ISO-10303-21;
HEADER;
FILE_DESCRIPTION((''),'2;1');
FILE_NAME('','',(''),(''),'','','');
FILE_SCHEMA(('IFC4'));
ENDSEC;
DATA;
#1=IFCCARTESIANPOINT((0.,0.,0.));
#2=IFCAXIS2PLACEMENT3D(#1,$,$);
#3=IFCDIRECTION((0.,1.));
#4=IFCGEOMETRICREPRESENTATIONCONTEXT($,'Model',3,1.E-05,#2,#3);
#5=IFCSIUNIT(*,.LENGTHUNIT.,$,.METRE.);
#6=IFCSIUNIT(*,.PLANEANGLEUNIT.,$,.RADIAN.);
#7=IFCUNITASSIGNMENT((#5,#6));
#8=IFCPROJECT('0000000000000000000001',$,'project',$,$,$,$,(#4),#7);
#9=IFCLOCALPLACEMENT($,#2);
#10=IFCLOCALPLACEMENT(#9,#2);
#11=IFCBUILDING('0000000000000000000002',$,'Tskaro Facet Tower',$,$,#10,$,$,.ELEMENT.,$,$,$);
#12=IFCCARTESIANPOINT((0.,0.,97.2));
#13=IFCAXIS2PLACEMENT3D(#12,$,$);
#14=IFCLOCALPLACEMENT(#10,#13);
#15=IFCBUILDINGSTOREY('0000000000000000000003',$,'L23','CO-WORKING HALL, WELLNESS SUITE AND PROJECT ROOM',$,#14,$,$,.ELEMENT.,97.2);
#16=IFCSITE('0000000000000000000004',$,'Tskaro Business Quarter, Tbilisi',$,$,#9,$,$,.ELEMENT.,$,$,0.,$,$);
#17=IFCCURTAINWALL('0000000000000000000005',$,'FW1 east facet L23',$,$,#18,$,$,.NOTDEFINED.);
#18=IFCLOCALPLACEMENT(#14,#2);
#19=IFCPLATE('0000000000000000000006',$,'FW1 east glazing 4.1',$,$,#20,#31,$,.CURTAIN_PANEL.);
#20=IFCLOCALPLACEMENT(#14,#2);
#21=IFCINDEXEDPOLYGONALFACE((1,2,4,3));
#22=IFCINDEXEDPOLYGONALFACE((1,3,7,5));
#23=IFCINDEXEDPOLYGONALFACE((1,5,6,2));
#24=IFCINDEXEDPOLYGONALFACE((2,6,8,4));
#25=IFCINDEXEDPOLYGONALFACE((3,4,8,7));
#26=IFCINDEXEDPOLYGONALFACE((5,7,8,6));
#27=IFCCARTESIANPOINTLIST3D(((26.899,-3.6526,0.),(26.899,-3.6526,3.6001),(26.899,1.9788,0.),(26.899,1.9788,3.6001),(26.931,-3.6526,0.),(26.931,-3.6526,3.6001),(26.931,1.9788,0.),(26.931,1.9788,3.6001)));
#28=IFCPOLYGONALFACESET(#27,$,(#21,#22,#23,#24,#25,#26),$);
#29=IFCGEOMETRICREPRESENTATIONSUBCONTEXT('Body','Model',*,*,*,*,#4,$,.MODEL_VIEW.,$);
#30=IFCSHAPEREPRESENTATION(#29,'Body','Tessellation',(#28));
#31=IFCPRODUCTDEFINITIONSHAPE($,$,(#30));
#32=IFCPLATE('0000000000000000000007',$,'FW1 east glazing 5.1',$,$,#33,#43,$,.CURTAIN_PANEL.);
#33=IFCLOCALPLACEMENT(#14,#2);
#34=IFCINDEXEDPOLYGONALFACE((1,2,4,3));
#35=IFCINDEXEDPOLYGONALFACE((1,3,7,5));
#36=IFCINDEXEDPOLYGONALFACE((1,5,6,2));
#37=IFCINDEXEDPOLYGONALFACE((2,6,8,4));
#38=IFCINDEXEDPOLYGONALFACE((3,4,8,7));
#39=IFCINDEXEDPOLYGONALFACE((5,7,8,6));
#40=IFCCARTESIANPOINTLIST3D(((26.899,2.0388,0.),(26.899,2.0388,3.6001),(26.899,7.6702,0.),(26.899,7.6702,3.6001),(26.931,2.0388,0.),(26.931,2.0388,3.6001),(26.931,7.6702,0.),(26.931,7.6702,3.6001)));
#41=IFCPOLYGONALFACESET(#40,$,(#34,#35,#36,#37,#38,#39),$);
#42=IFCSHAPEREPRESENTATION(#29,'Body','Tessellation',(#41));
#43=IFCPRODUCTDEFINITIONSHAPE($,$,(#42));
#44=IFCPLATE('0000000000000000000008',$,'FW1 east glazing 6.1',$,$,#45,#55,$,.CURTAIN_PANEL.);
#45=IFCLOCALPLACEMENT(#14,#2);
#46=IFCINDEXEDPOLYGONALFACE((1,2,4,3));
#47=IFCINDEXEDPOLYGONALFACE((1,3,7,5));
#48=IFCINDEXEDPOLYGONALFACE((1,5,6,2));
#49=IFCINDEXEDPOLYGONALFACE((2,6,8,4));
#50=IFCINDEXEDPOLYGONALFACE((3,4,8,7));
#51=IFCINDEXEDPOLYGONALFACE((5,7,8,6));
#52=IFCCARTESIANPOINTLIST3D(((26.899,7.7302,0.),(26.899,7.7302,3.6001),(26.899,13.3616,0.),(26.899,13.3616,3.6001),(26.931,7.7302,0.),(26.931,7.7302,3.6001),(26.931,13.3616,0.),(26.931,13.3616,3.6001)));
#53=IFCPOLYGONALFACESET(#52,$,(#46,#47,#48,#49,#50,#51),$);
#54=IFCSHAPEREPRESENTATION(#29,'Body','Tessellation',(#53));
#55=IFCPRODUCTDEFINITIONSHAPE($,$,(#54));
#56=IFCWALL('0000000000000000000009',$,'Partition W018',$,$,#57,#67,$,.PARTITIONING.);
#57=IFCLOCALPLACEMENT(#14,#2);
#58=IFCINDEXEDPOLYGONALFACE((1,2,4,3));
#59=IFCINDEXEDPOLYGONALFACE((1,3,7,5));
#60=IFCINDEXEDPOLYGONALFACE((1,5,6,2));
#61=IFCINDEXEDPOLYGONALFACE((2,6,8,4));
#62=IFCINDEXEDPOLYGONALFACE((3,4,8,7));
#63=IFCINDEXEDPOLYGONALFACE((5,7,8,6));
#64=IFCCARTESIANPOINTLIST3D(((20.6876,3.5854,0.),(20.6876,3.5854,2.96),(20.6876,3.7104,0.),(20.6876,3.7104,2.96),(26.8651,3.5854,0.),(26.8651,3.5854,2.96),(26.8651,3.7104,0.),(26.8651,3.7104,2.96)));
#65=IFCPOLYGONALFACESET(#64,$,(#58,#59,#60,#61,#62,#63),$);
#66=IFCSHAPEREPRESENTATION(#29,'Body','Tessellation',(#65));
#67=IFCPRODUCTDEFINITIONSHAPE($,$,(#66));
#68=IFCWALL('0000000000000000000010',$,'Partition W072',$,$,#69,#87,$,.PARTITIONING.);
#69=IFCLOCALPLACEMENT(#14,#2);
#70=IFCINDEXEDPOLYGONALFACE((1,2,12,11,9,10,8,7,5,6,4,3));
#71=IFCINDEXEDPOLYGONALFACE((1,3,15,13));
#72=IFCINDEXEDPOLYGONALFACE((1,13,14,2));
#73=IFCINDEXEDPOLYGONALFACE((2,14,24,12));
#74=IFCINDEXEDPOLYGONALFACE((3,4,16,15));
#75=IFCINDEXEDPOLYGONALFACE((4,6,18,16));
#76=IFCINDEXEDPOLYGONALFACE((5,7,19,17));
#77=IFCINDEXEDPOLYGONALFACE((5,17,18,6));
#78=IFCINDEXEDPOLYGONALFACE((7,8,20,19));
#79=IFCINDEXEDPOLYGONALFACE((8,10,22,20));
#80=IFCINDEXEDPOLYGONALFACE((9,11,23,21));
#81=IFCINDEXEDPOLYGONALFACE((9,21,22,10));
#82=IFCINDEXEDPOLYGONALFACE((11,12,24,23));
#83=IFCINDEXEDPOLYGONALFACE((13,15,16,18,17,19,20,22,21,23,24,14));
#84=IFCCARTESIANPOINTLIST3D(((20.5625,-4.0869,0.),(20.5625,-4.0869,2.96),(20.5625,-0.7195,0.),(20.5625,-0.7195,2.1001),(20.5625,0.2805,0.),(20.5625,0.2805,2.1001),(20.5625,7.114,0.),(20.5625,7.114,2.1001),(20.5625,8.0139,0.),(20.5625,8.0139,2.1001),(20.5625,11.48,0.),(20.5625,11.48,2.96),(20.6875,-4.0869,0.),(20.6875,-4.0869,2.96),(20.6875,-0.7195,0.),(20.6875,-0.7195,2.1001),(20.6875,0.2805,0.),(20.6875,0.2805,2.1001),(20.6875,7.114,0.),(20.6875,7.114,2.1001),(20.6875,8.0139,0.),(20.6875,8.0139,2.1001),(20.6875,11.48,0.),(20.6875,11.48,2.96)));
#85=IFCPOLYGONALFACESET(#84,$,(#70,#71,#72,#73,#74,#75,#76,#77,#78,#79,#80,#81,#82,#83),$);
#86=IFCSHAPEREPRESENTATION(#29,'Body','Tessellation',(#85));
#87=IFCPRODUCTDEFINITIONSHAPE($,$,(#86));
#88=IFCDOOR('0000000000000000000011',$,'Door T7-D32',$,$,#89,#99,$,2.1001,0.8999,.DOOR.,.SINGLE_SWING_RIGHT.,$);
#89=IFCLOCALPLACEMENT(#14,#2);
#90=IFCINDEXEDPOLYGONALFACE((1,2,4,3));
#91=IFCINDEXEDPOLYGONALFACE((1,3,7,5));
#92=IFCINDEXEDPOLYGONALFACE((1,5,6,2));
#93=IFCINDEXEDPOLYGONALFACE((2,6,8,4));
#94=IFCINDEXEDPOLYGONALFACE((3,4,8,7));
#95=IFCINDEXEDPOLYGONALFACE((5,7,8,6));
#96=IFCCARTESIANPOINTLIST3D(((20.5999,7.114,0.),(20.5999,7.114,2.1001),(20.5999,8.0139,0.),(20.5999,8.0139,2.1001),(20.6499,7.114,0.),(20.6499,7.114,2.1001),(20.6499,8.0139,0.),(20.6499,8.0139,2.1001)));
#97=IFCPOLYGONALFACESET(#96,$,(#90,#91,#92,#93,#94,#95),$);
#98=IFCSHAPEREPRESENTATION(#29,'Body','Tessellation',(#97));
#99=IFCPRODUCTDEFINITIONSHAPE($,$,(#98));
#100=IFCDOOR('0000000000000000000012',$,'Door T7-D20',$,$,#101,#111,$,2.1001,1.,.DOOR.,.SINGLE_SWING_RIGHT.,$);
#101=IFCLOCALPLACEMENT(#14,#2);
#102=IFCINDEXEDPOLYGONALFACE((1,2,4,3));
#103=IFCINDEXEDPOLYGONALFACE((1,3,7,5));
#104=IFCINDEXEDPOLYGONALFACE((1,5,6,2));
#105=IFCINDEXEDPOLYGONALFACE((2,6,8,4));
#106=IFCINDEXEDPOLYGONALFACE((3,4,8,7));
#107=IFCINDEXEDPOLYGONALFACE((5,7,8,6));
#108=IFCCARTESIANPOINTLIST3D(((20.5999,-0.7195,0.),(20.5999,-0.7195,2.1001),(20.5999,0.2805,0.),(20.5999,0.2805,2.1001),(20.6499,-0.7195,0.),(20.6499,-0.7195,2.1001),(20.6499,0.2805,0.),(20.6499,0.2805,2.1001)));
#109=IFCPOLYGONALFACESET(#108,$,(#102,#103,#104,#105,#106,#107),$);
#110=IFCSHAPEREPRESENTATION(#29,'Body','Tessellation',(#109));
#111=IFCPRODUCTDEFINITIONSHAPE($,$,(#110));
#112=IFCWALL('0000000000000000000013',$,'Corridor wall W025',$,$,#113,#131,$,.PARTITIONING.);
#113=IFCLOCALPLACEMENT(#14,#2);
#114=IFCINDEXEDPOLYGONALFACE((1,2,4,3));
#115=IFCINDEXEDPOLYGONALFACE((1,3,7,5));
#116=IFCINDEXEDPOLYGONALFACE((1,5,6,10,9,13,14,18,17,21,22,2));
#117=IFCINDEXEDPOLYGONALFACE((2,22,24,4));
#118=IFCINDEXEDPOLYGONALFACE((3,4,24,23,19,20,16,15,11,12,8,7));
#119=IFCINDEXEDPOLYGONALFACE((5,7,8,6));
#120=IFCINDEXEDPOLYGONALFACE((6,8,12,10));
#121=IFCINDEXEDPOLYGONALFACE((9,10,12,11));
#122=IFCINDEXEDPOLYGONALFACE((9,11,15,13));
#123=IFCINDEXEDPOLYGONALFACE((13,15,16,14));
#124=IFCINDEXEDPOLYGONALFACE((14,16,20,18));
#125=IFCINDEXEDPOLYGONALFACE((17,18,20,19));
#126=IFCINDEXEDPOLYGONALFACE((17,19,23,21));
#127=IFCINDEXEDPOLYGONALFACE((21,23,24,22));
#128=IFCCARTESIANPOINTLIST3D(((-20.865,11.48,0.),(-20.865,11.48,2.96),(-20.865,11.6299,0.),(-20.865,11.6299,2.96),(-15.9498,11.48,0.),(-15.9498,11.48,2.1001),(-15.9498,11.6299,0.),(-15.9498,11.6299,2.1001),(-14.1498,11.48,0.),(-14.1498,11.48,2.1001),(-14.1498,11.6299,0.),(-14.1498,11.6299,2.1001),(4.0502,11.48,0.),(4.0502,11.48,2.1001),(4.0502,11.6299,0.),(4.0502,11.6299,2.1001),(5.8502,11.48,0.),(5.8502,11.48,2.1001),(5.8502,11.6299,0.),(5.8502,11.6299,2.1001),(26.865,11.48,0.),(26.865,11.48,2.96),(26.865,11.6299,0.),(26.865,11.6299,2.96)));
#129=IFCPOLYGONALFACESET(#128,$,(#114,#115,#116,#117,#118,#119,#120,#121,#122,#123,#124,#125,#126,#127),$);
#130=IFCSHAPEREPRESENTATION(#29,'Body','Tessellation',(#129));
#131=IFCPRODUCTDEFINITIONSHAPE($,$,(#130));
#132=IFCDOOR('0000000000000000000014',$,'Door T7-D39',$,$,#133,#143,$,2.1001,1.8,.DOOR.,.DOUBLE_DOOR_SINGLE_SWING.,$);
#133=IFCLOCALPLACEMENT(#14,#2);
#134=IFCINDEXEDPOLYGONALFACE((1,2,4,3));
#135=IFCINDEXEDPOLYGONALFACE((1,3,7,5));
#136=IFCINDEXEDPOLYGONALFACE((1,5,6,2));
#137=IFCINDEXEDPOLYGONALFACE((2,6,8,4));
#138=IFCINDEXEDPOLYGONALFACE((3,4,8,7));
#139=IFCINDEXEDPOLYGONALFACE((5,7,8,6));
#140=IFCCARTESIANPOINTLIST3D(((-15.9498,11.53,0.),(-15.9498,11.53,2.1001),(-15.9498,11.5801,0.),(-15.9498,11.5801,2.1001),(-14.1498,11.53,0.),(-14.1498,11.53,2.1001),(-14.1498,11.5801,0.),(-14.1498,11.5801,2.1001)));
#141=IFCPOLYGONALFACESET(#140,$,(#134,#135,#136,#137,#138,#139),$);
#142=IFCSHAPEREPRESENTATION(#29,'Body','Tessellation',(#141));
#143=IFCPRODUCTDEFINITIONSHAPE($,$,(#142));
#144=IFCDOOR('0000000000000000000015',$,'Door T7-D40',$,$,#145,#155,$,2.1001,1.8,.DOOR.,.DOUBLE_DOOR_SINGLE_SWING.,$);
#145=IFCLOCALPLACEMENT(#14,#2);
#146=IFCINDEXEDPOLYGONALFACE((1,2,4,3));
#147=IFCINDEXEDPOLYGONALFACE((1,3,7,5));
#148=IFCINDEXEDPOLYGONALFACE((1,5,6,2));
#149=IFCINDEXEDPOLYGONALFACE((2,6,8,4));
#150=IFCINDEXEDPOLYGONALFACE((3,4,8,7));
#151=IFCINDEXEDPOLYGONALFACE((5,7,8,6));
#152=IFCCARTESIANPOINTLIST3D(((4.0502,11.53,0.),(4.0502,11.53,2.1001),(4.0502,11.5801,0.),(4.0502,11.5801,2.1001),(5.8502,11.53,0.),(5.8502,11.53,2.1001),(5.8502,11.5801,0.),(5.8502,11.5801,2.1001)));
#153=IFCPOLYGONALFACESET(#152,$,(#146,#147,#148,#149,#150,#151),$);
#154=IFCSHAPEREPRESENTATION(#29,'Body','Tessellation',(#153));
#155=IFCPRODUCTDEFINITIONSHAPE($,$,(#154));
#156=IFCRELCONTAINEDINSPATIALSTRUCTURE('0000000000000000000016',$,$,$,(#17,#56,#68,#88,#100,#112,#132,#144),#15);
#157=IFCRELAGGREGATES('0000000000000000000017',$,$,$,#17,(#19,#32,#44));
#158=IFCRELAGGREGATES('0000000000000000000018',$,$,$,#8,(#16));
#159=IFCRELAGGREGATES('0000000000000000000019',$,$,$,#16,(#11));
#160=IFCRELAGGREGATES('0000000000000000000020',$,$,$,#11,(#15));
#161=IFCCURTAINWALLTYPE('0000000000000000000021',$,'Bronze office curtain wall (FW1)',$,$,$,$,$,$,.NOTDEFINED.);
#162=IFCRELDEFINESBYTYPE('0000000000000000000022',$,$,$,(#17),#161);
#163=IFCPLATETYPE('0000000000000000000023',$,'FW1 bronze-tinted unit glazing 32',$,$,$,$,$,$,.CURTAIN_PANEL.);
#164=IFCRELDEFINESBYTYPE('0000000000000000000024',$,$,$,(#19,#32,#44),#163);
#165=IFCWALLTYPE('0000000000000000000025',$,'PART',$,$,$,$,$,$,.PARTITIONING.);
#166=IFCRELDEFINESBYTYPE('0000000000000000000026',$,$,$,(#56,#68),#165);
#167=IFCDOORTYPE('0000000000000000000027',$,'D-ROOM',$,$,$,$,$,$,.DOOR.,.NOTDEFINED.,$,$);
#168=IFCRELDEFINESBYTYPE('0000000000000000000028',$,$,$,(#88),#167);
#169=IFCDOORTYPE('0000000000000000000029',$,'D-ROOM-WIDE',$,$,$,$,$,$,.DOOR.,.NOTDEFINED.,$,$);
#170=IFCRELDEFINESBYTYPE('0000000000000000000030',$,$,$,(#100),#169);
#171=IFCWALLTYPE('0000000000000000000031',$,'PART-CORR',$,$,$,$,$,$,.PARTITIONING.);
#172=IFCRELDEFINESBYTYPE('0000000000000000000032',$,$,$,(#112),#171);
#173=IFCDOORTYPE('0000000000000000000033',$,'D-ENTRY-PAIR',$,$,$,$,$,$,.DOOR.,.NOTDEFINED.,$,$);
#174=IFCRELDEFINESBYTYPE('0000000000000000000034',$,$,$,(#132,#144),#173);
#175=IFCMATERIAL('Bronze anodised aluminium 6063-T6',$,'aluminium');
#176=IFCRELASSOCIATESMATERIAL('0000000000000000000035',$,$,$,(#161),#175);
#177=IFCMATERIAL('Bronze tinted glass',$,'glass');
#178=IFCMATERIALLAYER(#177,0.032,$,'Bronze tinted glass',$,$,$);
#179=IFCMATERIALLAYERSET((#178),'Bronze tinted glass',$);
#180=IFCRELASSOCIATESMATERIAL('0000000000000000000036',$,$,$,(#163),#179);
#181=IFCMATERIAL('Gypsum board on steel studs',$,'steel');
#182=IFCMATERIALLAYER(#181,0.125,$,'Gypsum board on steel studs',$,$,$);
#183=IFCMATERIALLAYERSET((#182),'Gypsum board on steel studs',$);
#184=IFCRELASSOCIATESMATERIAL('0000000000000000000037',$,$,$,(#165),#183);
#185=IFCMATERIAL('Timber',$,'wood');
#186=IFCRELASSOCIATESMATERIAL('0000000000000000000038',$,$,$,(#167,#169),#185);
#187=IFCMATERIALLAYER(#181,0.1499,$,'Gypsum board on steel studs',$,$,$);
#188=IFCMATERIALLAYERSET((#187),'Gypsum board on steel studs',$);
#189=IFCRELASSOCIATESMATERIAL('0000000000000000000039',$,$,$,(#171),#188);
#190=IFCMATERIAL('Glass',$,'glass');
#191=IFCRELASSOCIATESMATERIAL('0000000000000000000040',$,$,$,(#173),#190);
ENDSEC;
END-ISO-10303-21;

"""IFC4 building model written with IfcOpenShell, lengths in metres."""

from ifc_helpers import new_model, si_unit, direction, frame, frame_2d, origin, origin_2d, place, context, subcontext, project, spatial, rectangle, extrude, material, layer, layer_set, type_object, element, fill, aggregate, save


model = new_model("IFC4")

# Units and contexts
model_context = context("Model", 3, precision=1e-05, world=origin(), true_north=direction((0.0, 1.0)))
body_context = subcontext(model_context, "Body", "Model", "MODEL_VIEW")
ifc_project = project(units=[si_unit("LENGTHUNIT", "METRE"), si_unit("PLANEANGLEUNIT", "RADIAN")], contexts=[model_context])

# Site, building, storey
site_placement = place(None, origin())
site = spatial("IfcSite", under=ifc_project, at=site_placement, Name="Tskaro Business Quarter, Tbilisi", CompositionType="ELEMENT", RefElevation=0.0)
building_placement = place(site_placement, origin())
building = spatial("IfcBuilding", under=site, at=building_placement, Name="Tskaro Facet Tower", CompositionType="ELEMENT")
storey_placement = place(building_placement, frame((0.0, 0.0, 97.2)))
storey = spatial("IfcBuildingStorey", under=building, at=storey_placement, Name="L23", Description="CO-WORKING HALL, WELLNESS SUITE AND PROJECT ROOM", CompositionType="ELEMENT", Elevation=97.2)

# Curtain wall
ifc_material_1 = material(Name="Bronze anodised aluminium 6063-T6", Category="aluminium")
curtain_wall_type = type_object("IfcCurtainWallType", Name="Bronze office curtain wall (FW1)", PredefinedType="NOTDEFINED", material=ifc_material_1)
curtain_wall_placement = place(storey_placement, origin())
curtain_wall = element("IfcCurtainWall", 1, at=curtain_wall_placement, inside=storey, type_object=curtain_wall_type, Name="FW1 east facet L23", PredefinedType="NOTDEFINED")

# Plates
ifc_material_2 = material(Name="Bronze tinted glass", Category="glass")
ifc_layer_1 = layer(ifc_material_2, 0.032, Name="Bronze tinted glass")
ifc_layer_set_1 = layer_set([ifc_layer_1], Name="Bronze tinted glass")
plate_type = type_object("IfcPlateType", Name="FW1 bronze-tinted unit glazing 32", PredefinedType="CURTAIN_PANEL", material=ifc_layer_set_1)
plate_1_placement = place(storey_placement, frame((26.915, -0.8369, 0.0), z_axis=(0.0, 0.0, 1.0), x_axis=(0.0, 1.0, 0.0)))
plate_1 = element("IfcPlate", 2, at=plate_1_placement, type_object=plate_type, Name="FW1 east glazing 4.1", PredefinedType="CURTAIN_PANEL", context=body_context, shape_type="SweptSolid", body=[
    extrude(rectangle(XDim=5.6313, YDim=0.032, at=origin_2d()), origin(), (0.0, 0.0, 1.0), 3.6001),
])
plate_2_placement = place(storey_placement, frame((26.915, 4.8545, 0.0), z_axis=(0.0, 0.0, 1.0), x_axis=(0.0, 1.0, 0.0)))
plate_2 = element("IfcPlate", 3, at=plate_2_placement, type_object=plate_type, Name="FW1 east glazing 5.1", PredefinedType="CURTAIN_PANEL", context=body_context, shape_type="SweptSolid", body=[
    extrude(rectangle(XDim=5.6313, YDim=0.032, at=origin_2d()), origin(), (0.0, 0.0, 1.0), 3.6001),
])
plate_3_placement = place(storey_placement, frame((26.915, 10.5459, 0.0), z_axis=(0.0, 0.0, 1.0), x_axis=(0.0, 1.0, 0.0)))
plate_3 = element("IfcPlate", 4, at=plate_3_placement, type_object=plate_type, Name="FW1 east glazing 6.1", PredefinedType="CURTAIN_PANEL", context=body_context, shape_type="SweptSolid", body=[
    extrude(rectangle(XDim=5.6313, YDim=0.032, at=origin_2d()), origin(), (0.0, 0.0, 1.0), 3.6001),
])
aggregate(curtain_wall, [plate_1, plate_2, plate_3])

# Wall
ifc_material_3 = material(Name="Gypsum board on steel studs", Category="steel")
ifc_layer_2 = layer(ifc_material_3, 0.125, Name="Gypsum board on steel studs")
ifc_layer_set_2 = layer_set([ifc_layer_2], Name="Gypsum board on steel studs")
wall_type_1 = type_object("IfcWallType", Name="PART", PredefinedType="PARTITIONING", material=ifc_layer_set_2)
wall_1_placement = place(storey_placement, frame((20.6875, 3.6479, 0.0), z_axis=(0.0, 0.0, 1.0), x_axis=(1.0, 0.0, 0.0)))
element("IfcWall", 5, at=wall_1_placement, inside=storey, type_object=wall_type_1, Name="Partition W018", PredefinedType="PARTITIONING", context=body_context, shape_type="SweptSolid", body=[
    extrude(rectangle(XDim=6.1775, YDim=0.125, at=frame_2d((3.0889, 0.0))), origin(), (0.0, 0.0, 1.0), 2.96),
])

# Walls, openings, doors
wall_2_placement = place(storey_placement, frame((20.625, 11.48, 0.0), z_axis=(0.0, 0.0, 1.0), x_axis=(0.0, -1.0, 0.0)))
wall_2 = element("IfcWall", 6, at=wall_2_placement, inside=storey, type_object=wall_type_1, Name="Partition W072", PredefinedType="PARTITIONING", context=body_context, shape_type="SweptSolid", body=[
    extrude(rectangle(XDim=15.5669, YDim=0.125, at=frame_2d((7.7834, 0.0))), origin(), (0.0, 0.0, 1.0), 2.96),
])
opening_1_placement = place(wall_2_placement, frame((11.1995, 0.0, 0.0)))
opening_1 = element("IfcOpeningElement", 7, at=opening_1_placement, cuts=wall_2, PredefinedType="OPENING", context=body_context, shape_type="SweptSolid", body=[
    extrude(rectangle(XDim=1.0, YDim=2.1001, at=frame_2d((0.5, 1.05))), frame((0.0, 0.0725, 0.0), z_axis=(0.0, -1.0, 0.0), x_axis=(1.0, 0.0, 0.0)), (0.0, 0.0, 1.0), 0.145),
])
opening_2_placement = place(wall_2_placement, frame((3.4661, 0.0, 0.0)))
opening_2 = element("IfcOpeningElement", 8, at=opening_2_placement, cuts=wall_2, PredefinedType="OPENING", context=body_context, shape_type="SweptSolid", body=[
    extrude(rectangle(XDim=0.8999, YDim=2.1001, at=frame_2d((0.45, 1.05))), frame((0.0, 0.0725, 0.0), z_axis=(0.0, -1.0, 0.0), x_axis=(1.0, 0.0, 0.0)), (0.0, 0.0, 1.0), 0.145),
])
ifc_material_4 = material(Name="Timber", Category="wood")
door_type_1 = type_object("IfcDoorType", Name="D-ROOM", OperationType="NOTDEFINED", PredefinedType="DOOR", material=ifc_material_4)
door_1_placement = place(opening_2_placement, origin())
door_1 = element("IfcDoor", 9, at=door_1_placement, inside=storey, type_object=door_type_1, Name="Door T7-D32", OperationType="SINGLE_SWING_RIGHT", OverallHeight=2.1001, OverallWidth=0.8999, PredefinedType="DOOR", context=body_context, shape_type="SweptSolid", body=[
    extrude(rectangle(XDim=0.8999, YDim=2.1001, at=frame_2d((0.45, 1.05))), frame((0.0, 0.0249, 0.0), z_axis=(0.0, -1.0, 0.0), x_axis=(1.0, 0.0, 0.0)), (0.0, 0.0, 1.0), 0.05),
])
fill(opening_2, door_1)
door_type_2 = type_object("IfcDoorType", Name="D-ROOM-WIDE", OperationType="NOTDEFINED", PredefinedType="DOOR", material=ifc_material_4)
door_2_placement = place(opening_1_placement, origin())
door_2 = element("IfcDoor", 10, at=door_2_placement, inside=storey, type_object=door_type_2, Name="Door T7-D20", OperationType="SINGLE_SWING_RIGHT", OverallHeight=2.1001, OverallWidth=1.0, PredefinedType="DOOR", context=body_context, shape_type="SweptSolid", body=[
    extrude(rectangle(XDim=1.0, YDim=2.1001, at=frame_2d((0.5, 1.05))), frame((0.0, 0.0249, 0.0), z_axis=(0.0, -1.0, 0.0), x_axis=(1.0, 0.0, 0.0)), (0.0, 0.0, 1.0), 0.05),
])
fill(opening_1, door_2)
ifc_layer_3 = layer(ifc_material_3, 0.1499, Name="Gypsum board on steel studs")
ifc_layer_set_3 = layer_set([ifc_layer_3], Name="Gypsum board on steel studs")
wall_type_2 = type_object("IfcWallType", Name="PART-CORR", PredefinedType="PARTITIONING", material=ifc_layer_set_3)
wall_3_placement = place(storey_placement, frame((26.865, 11.5549, 0.0), z_axis=(0.0, 0.0, 1.0), x_axis=(-1.0, 0.0, 0.0)))
wall_3 = element("IfcWall", 11, at=wall_3_placement, inside=storey, type_object=wall_type_2, Name="Corridor wall W025", PredefinedType="PARTITIONING", context=body_context, shape_type="SweptSolid", body=[
    extrude(rectangle(XDim=47.73, YDim=0.1499, at=frame_2d((23.865, 0.0))), origin(), (0.0, 0.0, 1.0), 2.96),
])
opening_3_placement = place(wall_3_placement, frame((41.0149, 0.0, 0.0)))
opening_3 = element("IfcOpeningElement", 12, at=opening_3_placement, cuts=wall_3, PredefinedType="OPENING", context=body_context, shape_type="SweptSolid", body=[
    extrude(rectangle(XDim=1.8, YDim=2.1001, at=frame_2d((0.8999, 1.05))), frame((0.0, 0.085, 0.0), z_axis=(0.0, -1.0, 0.0), x_axis=(1.0, 0.0, 0.0)), (0.0, 0.0, 1.0), 0.1699),
])
opening_4_placement = place(wall_3_placement, frame((21.0149, 0.0, 0.0)))
opening_4 = element("IfcOpeningElement", 13, at=opening_4_placement, cuts=wall_3, PredefinedType="OPENING", context=body_context, shape_type="SweptSolid", body=[
    extrude(rectangle(XDim=1.8, YDim=2.1001, at=frame_2d((0.8999, 1.05))), frame((0.0, 0.085, 0.0), z_axis=(0.0, -1.0, 0.0), x_axis=(1.0, 0.0, 0.0)), (0.0, 0.0, 1.0), 0.1699),
])
ifc_material_5 = material(Name="Glass", Category="glass")
door_type_3 = type_object("IfcDoorType", Name="D-ENTRY-PAIR", OperationType="NOTDEFINED", PredefinedType="DOOR", material=ifc_material_5)
door_3_placement = place(opening_3_placement, origin())
door_3 = element("IfcDoor", 14, at=door_3_placement, inside=storey, type_object=door_type_3, Name="Door T7-D39", OperationType="DOUBLE_DOOR_SINGLE_SWING", OverallHeight=2.1001, OverallWidth=1.8, PredefinedType="DOOR", context=body_context, shape_type="SweptSolid", body=[
    extrude(rectangle(XDim=1.8, YDim=2.1001, at=frame_2d((0.8999, 1.05))), frame((0.0, 0.0249, 0.0), z_axis=(0.0, -1.0, 0.0), x_axis=(1.0, 0.0, 0.0)), (0.0, 0.0, 1.0), 0.05),
])
fill(opening_3, door_3)
door_4_placement = place(opening_4_placement, origin())
door_4 = element("IfcDoor", 15, at=door_4_placement, inside=storey, type_object=door_type_3, Name="Door T7-D40", OperationType="DOUBLE_DOOR_SINGLE_SWING", OverallHeight=2.1001, OverallWidth=1.8, PredefinedType="DOOR", context=body_context, shape_type="SweptSolid", body=[
    extrude(rectangle(XDim=1.8, YDim=2.1001, at=frame_2d((0.8999, 1.05))), frame((0.0, 0.0249, 0.0), z_axis=(0.0, -1.0, 0.0), x_axis=(1.0, 0.0, 0.0)), (0.0, 0.0, 1.0), 0.05),
])
fill(opening_4, door_4)

save(model, "model.ifc")
